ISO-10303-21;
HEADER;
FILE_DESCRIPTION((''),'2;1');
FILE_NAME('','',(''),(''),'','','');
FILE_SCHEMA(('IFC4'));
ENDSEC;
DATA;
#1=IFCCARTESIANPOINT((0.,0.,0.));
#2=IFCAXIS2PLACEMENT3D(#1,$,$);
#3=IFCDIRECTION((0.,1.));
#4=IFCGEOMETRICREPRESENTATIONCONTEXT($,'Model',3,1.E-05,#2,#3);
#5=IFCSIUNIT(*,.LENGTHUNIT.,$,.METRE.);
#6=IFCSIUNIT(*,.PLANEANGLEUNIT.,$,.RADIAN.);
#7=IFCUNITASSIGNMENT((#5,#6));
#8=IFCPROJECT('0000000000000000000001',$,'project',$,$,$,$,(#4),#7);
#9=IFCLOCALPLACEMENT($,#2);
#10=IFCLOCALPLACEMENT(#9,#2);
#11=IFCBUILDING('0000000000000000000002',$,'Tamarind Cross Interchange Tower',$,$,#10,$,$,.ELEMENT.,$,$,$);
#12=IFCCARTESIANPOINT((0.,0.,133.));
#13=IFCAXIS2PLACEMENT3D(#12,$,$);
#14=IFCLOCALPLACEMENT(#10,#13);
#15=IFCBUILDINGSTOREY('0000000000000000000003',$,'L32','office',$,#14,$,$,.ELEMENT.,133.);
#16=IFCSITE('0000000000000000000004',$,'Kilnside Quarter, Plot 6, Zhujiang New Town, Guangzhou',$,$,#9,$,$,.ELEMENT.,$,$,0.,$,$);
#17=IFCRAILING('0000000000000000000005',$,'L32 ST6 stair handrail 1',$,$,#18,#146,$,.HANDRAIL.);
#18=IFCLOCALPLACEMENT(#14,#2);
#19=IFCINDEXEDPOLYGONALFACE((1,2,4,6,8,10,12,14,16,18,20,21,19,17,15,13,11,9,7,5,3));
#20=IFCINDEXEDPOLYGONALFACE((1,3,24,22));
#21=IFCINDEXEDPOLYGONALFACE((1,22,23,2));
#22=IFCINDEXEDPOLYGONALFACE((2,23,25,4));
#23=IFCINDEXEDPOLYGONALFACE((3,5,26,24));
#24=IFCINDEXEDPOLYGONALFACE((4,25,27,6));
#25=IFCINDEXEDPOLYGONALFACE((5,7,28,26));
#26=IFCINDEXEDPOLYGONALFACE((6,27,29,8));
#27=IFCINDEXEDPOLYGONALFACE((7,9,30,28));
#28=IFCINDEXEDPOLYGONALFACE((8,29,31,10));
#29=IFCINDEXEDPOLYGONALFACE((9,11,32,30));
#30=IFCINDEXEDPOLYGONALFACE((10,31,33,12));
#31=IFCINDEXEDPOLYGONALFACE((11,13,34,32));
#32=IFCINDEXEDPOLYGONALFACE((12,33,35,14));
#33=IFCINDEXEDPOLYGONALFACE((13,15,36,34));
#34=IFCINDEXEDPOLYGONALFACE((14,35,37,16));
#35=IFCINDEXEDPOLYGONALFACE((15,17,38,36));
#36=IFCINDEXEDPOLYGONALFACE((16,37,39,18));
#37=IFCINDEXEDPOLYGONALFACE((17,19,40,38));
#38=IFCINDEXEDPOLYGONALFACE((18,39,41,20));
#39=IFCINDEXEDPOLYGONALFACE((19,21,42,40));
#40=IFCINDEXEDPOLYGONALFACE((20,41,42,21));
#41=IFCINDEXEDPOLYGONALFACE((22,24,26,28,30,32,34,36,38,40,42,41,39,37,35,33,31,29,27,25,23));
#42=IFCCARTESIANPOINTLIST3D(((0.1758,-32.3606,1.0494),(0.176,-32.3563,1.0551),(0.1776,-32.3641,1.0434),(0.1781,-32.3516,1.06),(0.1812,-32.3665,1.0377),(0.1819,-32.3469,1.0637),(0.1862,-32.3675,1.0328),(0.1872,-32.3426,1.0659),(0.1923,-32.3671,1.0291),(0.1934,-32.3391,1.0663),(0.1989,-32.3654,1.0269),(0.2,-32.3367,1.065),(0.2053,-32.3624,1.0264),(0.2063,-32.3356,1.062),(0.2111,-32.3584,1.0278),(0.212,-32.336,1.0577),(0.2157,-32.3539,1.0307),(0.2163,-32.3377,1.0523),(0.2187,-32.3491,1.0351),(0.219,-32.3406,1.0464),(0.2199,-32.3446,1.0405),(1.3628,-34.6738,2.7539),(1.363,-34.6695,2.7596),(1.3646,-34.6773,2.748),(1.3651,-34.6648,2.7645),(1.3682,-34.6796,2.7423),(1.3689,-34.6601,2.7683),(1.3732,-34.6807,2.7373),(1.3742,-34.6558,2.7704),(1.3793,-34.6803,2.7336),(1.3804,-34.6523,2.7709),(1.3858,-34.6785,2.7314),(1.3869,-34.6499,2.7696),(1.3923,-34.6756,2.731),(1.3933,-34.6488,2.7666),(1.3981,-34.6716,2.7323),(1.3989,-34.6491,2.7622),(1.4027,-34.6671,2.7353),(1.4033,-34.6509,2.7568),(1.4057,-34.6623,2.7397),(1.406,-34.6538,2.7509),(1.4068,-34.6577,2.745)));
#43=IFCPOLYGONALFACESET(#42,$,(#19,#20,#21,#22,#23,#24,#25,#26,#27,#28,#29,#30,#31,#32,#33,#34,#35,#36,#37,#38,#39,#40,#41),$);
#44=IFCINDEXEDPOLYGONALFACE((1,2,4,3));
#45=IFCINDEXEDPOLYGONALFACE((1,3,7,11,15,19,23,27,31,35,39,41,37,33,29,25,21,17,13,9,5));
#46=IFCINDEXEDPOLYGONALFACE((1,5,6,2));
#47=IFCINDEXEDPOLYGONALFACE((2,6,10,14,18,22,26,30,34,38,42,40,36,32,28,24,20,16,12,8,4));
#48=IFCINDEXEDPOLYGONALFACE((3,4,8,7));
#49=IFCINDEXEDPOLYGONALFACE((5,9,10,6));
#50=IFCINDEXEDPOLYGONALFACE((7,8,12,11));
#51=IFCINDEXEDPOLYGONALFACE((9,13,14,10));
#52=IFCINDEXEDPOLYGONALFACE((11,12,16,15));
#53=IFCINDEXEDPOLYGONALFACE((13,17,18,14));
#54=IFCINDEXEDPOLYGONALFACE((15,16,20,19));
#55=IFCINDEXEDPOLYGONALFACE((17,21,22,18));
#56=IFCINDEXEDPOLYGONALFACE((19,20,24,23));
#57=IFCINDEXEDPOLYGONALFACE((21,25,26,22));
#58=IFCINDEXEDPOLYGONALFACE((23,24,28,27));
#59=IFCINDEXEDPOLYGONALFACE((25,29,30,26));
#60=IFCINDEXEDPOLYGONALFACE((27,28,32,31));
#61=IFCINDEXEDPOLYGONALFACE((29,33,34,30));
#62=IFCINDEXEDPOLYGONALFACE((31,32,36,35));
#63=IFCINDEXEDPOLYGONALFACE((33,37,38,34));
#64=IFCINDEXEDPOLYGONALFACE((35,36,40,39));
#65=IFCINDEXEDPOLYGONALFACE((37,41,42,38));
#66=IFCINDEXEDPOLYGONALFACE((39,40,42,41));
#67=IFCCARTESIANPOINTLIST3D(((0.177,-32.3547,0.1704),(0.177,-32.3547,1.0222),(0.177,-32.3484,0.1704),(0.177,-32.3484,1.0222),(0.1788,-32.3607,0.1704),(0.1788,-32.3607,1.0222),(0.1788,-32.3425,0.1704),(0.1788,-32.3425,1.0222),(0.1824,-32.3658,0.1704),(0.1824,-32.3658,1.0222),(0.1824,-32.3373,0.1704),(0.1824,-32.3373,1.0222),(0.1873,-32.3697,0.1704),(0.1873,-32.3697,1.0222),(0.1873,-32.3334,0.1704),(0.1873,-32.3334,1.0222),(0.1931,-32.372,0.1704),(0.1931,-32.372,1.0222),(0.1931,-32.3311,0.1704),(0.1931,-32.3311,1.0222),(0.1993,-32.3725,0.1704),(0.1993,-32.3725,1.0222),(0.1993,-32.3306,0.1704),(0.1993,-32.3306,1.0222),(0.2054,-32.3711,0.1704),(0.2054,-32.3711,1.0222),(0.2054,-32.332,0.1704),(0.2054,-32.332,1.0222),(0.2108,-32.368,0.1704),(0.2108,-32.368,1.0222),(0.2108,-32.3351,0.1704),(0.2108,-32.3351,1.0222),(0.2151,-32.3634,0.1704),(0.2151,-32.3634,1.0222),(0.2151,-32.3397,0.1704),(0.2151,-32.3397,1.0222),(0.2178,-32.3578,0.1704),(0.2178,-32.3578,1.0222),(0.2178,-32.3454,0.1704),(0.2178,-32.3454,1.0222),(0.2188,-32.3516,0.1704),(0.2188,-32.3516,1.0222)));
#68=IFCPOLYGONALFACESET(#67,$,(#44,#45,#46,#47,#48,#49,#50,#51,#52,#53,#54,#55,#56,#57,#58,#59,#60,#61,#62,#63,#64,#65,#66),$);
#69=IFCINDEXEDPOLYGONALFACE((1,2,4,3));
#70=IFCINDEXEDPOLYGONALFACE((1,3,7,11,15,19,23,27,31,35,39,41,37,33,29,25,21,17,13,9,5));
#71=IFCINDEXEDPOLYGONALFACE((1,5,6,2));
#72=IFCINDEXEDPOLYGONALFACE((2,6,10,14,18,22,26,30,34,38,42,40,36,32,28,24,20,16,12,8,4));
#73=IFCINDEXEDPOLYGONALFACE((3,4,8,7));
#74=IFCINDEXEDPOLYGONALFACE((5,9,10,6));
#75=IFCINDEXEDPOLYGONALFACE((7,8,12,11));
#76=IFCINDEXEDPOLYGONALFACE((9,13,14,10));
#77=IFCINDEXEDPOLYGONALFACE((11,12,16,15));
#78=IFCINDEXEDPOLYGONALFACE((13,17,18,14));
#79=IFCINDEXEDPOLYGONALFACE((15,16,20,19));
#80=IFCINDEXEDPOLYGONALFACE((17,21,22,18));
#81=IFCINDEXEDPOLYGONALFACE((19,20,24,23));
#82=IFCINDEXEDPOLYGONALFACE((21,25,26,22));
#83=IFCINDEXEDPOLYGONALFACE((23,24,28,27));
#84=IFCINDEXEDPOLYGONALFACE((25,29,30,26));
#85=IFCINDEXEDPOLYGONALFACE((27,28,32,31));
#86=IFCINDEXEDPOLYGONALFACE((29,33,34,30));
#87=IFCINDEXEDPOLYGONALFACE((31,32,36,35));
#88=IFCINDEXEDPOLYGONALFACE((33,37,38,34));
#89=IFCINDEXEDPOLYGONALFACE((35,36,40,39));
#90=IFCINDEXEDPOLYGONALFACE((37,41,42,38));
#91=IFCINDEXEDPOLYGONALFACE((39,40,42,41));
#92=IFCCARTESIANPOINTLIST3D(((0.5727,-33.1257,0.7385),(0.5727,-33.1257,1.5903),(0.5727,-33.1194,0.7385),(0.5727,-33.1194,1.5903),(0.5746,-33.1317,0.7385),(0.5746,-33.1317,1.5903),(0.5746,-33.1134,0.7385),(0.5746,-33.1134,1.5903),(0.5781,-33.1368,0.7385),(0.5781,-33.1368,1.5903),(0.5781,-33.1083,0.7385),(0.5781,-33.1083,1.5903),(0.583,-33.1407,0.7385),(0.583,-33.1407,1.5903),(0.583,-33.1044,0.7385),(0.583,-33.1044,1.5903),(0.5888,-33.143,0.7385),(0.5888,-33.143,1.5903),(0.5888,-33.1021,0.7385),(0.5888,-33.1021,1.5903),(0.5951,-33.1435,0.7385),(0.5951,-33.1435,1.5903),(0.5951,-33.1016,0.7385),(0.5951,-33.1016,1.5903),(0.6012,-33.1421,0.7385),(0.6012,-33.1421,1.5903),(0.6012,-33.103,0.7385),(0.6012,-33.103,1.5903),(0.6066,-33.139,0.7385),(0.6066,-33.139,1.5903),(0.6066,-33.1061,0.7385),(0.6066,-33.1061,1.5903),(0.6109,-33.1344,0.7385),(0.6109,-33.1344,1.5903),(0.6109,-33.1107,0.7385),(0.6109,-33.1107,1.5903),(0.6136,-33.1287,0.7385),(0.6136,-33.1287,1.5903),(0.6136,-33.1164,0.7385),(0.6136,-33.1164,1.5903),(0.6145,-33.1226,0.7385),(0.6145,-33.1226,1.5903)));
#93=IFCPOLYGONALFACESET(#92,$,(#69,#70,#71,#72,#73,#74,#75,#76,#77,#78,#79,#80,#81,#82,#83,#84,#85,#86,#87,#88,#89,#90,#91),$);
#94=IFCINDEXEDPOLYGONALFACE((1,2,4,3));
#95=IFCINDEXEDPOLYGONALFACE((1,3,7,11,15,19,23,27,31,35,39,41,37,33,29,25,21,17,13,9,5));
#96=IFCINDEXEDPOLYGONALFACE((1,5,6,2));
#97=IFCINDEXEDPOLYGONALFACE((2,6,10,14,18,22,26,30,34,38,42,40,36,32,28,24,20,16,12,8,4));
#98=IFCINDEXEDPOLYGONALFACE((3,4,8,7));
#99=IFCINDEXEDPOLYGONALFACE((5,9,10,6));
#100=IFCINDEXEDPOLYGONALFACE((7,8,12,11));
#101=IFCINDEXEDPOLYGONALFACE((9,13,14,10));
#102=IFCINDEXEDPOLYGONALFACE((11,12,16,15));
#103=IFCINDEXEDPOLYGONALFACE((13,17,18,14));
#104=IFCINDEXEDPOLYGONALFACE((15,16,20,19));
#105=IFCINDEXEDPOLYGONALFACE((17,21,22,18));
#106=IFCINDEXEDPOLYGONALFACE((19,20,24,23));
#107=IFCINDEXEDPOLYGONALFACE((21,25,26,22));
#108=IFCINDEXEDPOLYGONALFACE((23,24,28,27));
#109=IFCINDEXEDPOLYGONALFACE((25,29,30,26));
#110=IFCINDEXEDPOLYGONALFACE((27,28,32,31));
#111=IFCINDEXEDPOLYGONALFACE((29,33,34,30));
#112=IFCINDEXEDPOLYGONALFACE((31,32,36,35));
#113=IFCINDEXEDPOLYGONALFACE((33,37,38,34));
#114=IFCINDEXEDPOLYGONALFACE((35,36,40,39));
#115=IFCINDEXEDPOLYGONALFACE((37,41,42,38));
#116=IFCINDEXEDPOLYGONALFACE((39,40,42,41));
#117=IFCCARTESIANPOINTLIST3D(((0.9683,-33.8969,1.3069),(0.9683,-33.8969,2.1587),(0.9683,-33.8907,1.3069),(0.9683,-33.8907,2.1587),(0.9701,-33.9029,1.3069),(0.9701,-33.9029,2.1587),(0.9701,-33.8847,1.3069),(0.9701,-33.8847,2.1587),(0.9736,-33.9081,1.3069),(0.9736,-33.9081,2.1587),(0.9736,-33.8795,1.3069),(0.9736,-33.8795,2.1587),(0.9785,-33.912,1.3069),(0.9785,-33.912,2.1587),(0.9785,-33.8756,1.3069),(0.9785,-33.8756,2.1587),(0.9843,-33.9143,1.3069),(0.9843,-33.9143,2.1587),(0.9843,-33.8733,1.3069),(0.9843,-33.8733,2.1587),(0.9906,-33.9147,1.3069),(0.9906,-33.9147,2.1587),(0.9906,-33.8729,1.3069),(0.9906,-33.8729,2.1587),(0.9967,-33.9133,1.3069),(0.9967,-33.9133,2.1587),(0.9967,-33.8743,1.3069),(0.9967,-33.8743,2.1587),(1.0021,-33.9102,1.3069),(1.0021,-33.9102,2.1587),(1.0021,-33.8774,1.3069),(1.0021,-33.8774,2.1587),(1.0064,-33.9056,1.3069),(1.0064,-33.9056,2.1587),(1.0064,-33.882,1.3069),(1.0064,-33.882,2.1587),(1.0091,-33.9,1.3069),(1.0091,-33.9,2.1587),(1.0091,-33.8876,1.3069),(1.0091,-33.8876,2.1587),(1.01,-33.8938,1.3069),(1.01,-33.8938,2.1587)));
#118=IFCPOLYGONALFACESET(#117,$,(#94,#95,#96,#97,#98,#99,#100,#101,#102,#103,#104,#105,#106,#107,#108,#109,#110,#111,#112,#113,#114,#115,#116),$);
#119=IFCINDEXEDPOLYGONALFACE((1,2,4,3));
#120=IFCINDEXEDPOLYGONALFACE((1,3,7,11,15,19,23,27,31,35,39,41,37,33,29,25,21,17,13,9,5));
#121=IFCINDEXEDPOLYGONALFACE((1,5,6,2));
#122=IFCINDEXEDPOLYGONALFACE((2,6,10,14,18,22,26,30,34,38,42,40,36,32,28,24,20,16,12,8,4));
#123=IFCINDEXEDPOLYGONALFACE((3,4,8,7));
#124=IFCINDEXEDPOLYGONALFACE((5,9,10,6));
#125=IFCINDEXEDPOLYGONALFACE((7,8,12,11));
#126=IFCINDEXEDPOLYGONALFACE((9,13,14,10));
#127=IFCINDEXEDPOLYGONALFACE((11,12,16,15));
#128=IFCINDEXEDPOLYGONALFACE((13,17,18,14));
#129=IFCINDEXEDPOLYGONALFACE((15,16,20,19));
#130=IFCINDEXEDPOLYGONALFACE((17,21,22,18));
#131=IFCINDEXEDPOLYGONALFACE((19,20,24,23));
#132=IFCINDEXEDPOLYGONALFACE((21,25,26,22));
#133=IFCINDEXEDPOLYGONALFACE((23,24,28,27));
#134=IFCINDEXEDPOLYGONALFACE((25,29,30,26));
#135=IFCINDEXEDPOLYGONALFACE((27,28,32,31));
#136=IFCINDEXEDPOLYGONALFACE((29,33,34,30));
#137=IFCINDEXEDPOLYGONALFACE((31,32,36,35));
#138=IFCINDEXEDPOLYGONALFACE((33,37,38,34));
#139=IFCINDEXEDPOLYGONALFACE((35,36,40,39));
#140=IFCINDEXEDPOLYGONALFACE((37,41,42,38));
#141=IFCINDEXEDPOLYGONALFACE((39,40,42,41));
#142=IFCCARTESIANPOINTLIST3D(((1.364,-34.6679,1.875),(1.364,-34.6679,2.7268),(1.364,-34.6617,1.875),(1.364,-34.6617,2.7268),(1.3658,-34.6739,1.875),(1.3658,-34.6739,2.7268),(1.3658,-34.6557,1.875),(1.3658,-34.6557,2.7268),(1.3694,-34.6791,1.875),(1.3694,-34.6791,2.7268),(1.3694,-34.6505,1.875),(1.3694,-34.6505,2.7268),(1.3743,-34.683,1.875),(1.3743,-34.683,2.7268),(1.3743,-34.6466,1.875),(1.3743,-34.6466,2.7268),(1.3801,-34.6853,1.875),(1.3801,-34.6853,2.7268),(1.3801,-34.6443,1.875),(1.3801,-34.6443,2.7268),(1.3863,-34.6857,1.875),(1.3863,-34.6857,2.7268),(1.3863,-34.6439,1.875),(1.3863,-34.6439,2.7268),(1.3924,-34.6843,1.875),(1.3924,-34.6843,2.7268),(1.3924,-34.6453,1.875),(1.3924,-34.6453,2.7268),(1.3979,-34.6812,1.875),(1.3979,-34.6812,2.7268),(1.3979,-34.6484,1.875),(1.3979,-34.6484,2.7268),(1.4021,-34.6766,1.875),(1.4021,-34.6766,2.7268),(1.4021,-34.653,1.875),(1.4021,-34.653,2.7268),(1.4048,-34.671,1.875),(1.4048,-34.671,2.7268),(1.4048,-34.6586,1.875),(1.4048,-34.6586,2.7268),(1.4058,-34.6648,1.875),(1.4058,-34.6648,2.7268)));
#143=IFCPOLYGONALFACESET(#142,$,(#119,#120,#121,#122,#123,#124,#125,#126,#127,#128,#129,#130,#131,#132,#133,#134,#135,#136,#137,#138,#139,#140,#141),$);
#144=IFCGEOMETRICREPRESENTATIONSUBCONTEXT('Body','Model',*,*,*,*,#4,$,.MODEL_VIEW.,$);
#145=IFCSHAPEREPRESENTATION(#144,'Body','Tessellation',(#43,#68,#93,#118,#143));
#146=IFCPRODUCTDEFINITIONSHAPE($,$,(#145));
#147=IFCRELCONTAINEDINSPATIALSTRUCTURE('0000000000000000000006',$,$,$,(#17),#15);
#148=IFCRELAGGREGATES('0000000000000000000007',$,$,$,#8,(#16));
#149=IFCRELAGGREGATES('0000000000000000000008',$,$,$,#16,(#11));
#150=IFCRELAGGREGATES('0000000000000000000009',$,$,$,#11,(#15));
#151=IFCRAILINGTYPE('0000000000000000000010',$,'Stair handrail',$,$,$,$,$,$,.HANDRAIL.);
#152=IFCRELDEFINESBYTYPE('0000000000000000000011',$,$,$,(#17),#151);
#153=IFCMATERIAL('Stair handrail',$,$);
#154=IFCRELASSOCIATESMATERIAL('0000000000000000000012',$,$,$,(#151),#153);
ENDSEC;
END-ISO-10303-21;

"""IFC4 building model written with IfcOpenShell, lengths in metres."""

from ifc_helpers import new_model, si_unit, direction, frame, origin, origin_2d, place, context, subcontext, project, spatial, circle, extrude, material, type_object, element, save


model = new_model("IFC4")

# Units and contexts
model_context = context("Model", 3, precision=1e-05, world=origin(), true_north=direction((0.0, 1.0)))
body_context = subcontext(model_context, "Body", "Model", "MODEL_VIEW")
ifc_project = project(units=[si_unit("LENGTHUNIT", "METRE"), si_unit("PLANEANGLEUNIT", "RADIAN")], contexts=[model_context])

# Site, building, storey
site_placement = place(None, origin())
site = spatial("IfcSite", under=ifc_project, at=site_placement, Name="Kilnside Quarter, Plot 6, Zhujiang New Town, Guangzhou", CompositionType="ELEMENT", RefElevation=0.0)
building_placement = place(site_placement, origin())
building = spatial("IfcBuilding", under=site, at=building_placement, Name="Tamarind Cross Interchange Tower", CompositionType="ELEMENT")
storey_placement = place(building_placement, frame((0.0, 0.0, 133.0)))
storey = spatial("IfcBuildingStorey", under=building, at=storey_placement, Name="L32", Description="office", CompositionType="ELEMENT", Elevation=133.0)

# Railing
ifc_material_1 = material(Name="Stair handrail")
railing_type_1 = type_object("IfcRailingType", Name="Stair handrail", PredefinedType="HANDRAIL", material=ifc_material_1)
railing_1_placement = place(storey_placement, frame((0.1978, -32.3516, 0.1704)))
element("IfcRailing", 1, at=railing_1_placement, inside=storey, type_object=railing_type_1, Name="L32 ST6 stair handrail 1", PredefinedType="HANDRAIL", context=body_context, shape_type="SweptSolid", body=[
    extrude(circle(Radius=0.0239, at=origin_2d()), frame((0.0, 0.0, 0.876), z_axis=(0.381803, -0.744052, 0.548282), x_axis=(0.889702, 0.456542, 0.0)), (0.0, 0.0, 1.0), 3.1089),
    extrude(circle(Radius=0.021, at=origin_2d()), origin(), (0.0, 0.0, 1.0), 0.8518),
    extrude(circle(Radius=0.021, at=origin_2d()), frame((0.3958, -0.771, 0.5681)), (0.0, 0.0, 1.0), 0.8518),
    extrude(circle(Radius=0.021, at=origin_2d()), frame((0.7913, -1.5422, 1.1365)), (0.0, 0.0, 1.0), 0.8518),
    extrude(circle(Radius=0.021, at=origin_2d()), frame((1.187, -2.3132, 1.7046)), (0.0, 0.0, 1.0), 0.8518),
])

save(model, "model.ifc")
